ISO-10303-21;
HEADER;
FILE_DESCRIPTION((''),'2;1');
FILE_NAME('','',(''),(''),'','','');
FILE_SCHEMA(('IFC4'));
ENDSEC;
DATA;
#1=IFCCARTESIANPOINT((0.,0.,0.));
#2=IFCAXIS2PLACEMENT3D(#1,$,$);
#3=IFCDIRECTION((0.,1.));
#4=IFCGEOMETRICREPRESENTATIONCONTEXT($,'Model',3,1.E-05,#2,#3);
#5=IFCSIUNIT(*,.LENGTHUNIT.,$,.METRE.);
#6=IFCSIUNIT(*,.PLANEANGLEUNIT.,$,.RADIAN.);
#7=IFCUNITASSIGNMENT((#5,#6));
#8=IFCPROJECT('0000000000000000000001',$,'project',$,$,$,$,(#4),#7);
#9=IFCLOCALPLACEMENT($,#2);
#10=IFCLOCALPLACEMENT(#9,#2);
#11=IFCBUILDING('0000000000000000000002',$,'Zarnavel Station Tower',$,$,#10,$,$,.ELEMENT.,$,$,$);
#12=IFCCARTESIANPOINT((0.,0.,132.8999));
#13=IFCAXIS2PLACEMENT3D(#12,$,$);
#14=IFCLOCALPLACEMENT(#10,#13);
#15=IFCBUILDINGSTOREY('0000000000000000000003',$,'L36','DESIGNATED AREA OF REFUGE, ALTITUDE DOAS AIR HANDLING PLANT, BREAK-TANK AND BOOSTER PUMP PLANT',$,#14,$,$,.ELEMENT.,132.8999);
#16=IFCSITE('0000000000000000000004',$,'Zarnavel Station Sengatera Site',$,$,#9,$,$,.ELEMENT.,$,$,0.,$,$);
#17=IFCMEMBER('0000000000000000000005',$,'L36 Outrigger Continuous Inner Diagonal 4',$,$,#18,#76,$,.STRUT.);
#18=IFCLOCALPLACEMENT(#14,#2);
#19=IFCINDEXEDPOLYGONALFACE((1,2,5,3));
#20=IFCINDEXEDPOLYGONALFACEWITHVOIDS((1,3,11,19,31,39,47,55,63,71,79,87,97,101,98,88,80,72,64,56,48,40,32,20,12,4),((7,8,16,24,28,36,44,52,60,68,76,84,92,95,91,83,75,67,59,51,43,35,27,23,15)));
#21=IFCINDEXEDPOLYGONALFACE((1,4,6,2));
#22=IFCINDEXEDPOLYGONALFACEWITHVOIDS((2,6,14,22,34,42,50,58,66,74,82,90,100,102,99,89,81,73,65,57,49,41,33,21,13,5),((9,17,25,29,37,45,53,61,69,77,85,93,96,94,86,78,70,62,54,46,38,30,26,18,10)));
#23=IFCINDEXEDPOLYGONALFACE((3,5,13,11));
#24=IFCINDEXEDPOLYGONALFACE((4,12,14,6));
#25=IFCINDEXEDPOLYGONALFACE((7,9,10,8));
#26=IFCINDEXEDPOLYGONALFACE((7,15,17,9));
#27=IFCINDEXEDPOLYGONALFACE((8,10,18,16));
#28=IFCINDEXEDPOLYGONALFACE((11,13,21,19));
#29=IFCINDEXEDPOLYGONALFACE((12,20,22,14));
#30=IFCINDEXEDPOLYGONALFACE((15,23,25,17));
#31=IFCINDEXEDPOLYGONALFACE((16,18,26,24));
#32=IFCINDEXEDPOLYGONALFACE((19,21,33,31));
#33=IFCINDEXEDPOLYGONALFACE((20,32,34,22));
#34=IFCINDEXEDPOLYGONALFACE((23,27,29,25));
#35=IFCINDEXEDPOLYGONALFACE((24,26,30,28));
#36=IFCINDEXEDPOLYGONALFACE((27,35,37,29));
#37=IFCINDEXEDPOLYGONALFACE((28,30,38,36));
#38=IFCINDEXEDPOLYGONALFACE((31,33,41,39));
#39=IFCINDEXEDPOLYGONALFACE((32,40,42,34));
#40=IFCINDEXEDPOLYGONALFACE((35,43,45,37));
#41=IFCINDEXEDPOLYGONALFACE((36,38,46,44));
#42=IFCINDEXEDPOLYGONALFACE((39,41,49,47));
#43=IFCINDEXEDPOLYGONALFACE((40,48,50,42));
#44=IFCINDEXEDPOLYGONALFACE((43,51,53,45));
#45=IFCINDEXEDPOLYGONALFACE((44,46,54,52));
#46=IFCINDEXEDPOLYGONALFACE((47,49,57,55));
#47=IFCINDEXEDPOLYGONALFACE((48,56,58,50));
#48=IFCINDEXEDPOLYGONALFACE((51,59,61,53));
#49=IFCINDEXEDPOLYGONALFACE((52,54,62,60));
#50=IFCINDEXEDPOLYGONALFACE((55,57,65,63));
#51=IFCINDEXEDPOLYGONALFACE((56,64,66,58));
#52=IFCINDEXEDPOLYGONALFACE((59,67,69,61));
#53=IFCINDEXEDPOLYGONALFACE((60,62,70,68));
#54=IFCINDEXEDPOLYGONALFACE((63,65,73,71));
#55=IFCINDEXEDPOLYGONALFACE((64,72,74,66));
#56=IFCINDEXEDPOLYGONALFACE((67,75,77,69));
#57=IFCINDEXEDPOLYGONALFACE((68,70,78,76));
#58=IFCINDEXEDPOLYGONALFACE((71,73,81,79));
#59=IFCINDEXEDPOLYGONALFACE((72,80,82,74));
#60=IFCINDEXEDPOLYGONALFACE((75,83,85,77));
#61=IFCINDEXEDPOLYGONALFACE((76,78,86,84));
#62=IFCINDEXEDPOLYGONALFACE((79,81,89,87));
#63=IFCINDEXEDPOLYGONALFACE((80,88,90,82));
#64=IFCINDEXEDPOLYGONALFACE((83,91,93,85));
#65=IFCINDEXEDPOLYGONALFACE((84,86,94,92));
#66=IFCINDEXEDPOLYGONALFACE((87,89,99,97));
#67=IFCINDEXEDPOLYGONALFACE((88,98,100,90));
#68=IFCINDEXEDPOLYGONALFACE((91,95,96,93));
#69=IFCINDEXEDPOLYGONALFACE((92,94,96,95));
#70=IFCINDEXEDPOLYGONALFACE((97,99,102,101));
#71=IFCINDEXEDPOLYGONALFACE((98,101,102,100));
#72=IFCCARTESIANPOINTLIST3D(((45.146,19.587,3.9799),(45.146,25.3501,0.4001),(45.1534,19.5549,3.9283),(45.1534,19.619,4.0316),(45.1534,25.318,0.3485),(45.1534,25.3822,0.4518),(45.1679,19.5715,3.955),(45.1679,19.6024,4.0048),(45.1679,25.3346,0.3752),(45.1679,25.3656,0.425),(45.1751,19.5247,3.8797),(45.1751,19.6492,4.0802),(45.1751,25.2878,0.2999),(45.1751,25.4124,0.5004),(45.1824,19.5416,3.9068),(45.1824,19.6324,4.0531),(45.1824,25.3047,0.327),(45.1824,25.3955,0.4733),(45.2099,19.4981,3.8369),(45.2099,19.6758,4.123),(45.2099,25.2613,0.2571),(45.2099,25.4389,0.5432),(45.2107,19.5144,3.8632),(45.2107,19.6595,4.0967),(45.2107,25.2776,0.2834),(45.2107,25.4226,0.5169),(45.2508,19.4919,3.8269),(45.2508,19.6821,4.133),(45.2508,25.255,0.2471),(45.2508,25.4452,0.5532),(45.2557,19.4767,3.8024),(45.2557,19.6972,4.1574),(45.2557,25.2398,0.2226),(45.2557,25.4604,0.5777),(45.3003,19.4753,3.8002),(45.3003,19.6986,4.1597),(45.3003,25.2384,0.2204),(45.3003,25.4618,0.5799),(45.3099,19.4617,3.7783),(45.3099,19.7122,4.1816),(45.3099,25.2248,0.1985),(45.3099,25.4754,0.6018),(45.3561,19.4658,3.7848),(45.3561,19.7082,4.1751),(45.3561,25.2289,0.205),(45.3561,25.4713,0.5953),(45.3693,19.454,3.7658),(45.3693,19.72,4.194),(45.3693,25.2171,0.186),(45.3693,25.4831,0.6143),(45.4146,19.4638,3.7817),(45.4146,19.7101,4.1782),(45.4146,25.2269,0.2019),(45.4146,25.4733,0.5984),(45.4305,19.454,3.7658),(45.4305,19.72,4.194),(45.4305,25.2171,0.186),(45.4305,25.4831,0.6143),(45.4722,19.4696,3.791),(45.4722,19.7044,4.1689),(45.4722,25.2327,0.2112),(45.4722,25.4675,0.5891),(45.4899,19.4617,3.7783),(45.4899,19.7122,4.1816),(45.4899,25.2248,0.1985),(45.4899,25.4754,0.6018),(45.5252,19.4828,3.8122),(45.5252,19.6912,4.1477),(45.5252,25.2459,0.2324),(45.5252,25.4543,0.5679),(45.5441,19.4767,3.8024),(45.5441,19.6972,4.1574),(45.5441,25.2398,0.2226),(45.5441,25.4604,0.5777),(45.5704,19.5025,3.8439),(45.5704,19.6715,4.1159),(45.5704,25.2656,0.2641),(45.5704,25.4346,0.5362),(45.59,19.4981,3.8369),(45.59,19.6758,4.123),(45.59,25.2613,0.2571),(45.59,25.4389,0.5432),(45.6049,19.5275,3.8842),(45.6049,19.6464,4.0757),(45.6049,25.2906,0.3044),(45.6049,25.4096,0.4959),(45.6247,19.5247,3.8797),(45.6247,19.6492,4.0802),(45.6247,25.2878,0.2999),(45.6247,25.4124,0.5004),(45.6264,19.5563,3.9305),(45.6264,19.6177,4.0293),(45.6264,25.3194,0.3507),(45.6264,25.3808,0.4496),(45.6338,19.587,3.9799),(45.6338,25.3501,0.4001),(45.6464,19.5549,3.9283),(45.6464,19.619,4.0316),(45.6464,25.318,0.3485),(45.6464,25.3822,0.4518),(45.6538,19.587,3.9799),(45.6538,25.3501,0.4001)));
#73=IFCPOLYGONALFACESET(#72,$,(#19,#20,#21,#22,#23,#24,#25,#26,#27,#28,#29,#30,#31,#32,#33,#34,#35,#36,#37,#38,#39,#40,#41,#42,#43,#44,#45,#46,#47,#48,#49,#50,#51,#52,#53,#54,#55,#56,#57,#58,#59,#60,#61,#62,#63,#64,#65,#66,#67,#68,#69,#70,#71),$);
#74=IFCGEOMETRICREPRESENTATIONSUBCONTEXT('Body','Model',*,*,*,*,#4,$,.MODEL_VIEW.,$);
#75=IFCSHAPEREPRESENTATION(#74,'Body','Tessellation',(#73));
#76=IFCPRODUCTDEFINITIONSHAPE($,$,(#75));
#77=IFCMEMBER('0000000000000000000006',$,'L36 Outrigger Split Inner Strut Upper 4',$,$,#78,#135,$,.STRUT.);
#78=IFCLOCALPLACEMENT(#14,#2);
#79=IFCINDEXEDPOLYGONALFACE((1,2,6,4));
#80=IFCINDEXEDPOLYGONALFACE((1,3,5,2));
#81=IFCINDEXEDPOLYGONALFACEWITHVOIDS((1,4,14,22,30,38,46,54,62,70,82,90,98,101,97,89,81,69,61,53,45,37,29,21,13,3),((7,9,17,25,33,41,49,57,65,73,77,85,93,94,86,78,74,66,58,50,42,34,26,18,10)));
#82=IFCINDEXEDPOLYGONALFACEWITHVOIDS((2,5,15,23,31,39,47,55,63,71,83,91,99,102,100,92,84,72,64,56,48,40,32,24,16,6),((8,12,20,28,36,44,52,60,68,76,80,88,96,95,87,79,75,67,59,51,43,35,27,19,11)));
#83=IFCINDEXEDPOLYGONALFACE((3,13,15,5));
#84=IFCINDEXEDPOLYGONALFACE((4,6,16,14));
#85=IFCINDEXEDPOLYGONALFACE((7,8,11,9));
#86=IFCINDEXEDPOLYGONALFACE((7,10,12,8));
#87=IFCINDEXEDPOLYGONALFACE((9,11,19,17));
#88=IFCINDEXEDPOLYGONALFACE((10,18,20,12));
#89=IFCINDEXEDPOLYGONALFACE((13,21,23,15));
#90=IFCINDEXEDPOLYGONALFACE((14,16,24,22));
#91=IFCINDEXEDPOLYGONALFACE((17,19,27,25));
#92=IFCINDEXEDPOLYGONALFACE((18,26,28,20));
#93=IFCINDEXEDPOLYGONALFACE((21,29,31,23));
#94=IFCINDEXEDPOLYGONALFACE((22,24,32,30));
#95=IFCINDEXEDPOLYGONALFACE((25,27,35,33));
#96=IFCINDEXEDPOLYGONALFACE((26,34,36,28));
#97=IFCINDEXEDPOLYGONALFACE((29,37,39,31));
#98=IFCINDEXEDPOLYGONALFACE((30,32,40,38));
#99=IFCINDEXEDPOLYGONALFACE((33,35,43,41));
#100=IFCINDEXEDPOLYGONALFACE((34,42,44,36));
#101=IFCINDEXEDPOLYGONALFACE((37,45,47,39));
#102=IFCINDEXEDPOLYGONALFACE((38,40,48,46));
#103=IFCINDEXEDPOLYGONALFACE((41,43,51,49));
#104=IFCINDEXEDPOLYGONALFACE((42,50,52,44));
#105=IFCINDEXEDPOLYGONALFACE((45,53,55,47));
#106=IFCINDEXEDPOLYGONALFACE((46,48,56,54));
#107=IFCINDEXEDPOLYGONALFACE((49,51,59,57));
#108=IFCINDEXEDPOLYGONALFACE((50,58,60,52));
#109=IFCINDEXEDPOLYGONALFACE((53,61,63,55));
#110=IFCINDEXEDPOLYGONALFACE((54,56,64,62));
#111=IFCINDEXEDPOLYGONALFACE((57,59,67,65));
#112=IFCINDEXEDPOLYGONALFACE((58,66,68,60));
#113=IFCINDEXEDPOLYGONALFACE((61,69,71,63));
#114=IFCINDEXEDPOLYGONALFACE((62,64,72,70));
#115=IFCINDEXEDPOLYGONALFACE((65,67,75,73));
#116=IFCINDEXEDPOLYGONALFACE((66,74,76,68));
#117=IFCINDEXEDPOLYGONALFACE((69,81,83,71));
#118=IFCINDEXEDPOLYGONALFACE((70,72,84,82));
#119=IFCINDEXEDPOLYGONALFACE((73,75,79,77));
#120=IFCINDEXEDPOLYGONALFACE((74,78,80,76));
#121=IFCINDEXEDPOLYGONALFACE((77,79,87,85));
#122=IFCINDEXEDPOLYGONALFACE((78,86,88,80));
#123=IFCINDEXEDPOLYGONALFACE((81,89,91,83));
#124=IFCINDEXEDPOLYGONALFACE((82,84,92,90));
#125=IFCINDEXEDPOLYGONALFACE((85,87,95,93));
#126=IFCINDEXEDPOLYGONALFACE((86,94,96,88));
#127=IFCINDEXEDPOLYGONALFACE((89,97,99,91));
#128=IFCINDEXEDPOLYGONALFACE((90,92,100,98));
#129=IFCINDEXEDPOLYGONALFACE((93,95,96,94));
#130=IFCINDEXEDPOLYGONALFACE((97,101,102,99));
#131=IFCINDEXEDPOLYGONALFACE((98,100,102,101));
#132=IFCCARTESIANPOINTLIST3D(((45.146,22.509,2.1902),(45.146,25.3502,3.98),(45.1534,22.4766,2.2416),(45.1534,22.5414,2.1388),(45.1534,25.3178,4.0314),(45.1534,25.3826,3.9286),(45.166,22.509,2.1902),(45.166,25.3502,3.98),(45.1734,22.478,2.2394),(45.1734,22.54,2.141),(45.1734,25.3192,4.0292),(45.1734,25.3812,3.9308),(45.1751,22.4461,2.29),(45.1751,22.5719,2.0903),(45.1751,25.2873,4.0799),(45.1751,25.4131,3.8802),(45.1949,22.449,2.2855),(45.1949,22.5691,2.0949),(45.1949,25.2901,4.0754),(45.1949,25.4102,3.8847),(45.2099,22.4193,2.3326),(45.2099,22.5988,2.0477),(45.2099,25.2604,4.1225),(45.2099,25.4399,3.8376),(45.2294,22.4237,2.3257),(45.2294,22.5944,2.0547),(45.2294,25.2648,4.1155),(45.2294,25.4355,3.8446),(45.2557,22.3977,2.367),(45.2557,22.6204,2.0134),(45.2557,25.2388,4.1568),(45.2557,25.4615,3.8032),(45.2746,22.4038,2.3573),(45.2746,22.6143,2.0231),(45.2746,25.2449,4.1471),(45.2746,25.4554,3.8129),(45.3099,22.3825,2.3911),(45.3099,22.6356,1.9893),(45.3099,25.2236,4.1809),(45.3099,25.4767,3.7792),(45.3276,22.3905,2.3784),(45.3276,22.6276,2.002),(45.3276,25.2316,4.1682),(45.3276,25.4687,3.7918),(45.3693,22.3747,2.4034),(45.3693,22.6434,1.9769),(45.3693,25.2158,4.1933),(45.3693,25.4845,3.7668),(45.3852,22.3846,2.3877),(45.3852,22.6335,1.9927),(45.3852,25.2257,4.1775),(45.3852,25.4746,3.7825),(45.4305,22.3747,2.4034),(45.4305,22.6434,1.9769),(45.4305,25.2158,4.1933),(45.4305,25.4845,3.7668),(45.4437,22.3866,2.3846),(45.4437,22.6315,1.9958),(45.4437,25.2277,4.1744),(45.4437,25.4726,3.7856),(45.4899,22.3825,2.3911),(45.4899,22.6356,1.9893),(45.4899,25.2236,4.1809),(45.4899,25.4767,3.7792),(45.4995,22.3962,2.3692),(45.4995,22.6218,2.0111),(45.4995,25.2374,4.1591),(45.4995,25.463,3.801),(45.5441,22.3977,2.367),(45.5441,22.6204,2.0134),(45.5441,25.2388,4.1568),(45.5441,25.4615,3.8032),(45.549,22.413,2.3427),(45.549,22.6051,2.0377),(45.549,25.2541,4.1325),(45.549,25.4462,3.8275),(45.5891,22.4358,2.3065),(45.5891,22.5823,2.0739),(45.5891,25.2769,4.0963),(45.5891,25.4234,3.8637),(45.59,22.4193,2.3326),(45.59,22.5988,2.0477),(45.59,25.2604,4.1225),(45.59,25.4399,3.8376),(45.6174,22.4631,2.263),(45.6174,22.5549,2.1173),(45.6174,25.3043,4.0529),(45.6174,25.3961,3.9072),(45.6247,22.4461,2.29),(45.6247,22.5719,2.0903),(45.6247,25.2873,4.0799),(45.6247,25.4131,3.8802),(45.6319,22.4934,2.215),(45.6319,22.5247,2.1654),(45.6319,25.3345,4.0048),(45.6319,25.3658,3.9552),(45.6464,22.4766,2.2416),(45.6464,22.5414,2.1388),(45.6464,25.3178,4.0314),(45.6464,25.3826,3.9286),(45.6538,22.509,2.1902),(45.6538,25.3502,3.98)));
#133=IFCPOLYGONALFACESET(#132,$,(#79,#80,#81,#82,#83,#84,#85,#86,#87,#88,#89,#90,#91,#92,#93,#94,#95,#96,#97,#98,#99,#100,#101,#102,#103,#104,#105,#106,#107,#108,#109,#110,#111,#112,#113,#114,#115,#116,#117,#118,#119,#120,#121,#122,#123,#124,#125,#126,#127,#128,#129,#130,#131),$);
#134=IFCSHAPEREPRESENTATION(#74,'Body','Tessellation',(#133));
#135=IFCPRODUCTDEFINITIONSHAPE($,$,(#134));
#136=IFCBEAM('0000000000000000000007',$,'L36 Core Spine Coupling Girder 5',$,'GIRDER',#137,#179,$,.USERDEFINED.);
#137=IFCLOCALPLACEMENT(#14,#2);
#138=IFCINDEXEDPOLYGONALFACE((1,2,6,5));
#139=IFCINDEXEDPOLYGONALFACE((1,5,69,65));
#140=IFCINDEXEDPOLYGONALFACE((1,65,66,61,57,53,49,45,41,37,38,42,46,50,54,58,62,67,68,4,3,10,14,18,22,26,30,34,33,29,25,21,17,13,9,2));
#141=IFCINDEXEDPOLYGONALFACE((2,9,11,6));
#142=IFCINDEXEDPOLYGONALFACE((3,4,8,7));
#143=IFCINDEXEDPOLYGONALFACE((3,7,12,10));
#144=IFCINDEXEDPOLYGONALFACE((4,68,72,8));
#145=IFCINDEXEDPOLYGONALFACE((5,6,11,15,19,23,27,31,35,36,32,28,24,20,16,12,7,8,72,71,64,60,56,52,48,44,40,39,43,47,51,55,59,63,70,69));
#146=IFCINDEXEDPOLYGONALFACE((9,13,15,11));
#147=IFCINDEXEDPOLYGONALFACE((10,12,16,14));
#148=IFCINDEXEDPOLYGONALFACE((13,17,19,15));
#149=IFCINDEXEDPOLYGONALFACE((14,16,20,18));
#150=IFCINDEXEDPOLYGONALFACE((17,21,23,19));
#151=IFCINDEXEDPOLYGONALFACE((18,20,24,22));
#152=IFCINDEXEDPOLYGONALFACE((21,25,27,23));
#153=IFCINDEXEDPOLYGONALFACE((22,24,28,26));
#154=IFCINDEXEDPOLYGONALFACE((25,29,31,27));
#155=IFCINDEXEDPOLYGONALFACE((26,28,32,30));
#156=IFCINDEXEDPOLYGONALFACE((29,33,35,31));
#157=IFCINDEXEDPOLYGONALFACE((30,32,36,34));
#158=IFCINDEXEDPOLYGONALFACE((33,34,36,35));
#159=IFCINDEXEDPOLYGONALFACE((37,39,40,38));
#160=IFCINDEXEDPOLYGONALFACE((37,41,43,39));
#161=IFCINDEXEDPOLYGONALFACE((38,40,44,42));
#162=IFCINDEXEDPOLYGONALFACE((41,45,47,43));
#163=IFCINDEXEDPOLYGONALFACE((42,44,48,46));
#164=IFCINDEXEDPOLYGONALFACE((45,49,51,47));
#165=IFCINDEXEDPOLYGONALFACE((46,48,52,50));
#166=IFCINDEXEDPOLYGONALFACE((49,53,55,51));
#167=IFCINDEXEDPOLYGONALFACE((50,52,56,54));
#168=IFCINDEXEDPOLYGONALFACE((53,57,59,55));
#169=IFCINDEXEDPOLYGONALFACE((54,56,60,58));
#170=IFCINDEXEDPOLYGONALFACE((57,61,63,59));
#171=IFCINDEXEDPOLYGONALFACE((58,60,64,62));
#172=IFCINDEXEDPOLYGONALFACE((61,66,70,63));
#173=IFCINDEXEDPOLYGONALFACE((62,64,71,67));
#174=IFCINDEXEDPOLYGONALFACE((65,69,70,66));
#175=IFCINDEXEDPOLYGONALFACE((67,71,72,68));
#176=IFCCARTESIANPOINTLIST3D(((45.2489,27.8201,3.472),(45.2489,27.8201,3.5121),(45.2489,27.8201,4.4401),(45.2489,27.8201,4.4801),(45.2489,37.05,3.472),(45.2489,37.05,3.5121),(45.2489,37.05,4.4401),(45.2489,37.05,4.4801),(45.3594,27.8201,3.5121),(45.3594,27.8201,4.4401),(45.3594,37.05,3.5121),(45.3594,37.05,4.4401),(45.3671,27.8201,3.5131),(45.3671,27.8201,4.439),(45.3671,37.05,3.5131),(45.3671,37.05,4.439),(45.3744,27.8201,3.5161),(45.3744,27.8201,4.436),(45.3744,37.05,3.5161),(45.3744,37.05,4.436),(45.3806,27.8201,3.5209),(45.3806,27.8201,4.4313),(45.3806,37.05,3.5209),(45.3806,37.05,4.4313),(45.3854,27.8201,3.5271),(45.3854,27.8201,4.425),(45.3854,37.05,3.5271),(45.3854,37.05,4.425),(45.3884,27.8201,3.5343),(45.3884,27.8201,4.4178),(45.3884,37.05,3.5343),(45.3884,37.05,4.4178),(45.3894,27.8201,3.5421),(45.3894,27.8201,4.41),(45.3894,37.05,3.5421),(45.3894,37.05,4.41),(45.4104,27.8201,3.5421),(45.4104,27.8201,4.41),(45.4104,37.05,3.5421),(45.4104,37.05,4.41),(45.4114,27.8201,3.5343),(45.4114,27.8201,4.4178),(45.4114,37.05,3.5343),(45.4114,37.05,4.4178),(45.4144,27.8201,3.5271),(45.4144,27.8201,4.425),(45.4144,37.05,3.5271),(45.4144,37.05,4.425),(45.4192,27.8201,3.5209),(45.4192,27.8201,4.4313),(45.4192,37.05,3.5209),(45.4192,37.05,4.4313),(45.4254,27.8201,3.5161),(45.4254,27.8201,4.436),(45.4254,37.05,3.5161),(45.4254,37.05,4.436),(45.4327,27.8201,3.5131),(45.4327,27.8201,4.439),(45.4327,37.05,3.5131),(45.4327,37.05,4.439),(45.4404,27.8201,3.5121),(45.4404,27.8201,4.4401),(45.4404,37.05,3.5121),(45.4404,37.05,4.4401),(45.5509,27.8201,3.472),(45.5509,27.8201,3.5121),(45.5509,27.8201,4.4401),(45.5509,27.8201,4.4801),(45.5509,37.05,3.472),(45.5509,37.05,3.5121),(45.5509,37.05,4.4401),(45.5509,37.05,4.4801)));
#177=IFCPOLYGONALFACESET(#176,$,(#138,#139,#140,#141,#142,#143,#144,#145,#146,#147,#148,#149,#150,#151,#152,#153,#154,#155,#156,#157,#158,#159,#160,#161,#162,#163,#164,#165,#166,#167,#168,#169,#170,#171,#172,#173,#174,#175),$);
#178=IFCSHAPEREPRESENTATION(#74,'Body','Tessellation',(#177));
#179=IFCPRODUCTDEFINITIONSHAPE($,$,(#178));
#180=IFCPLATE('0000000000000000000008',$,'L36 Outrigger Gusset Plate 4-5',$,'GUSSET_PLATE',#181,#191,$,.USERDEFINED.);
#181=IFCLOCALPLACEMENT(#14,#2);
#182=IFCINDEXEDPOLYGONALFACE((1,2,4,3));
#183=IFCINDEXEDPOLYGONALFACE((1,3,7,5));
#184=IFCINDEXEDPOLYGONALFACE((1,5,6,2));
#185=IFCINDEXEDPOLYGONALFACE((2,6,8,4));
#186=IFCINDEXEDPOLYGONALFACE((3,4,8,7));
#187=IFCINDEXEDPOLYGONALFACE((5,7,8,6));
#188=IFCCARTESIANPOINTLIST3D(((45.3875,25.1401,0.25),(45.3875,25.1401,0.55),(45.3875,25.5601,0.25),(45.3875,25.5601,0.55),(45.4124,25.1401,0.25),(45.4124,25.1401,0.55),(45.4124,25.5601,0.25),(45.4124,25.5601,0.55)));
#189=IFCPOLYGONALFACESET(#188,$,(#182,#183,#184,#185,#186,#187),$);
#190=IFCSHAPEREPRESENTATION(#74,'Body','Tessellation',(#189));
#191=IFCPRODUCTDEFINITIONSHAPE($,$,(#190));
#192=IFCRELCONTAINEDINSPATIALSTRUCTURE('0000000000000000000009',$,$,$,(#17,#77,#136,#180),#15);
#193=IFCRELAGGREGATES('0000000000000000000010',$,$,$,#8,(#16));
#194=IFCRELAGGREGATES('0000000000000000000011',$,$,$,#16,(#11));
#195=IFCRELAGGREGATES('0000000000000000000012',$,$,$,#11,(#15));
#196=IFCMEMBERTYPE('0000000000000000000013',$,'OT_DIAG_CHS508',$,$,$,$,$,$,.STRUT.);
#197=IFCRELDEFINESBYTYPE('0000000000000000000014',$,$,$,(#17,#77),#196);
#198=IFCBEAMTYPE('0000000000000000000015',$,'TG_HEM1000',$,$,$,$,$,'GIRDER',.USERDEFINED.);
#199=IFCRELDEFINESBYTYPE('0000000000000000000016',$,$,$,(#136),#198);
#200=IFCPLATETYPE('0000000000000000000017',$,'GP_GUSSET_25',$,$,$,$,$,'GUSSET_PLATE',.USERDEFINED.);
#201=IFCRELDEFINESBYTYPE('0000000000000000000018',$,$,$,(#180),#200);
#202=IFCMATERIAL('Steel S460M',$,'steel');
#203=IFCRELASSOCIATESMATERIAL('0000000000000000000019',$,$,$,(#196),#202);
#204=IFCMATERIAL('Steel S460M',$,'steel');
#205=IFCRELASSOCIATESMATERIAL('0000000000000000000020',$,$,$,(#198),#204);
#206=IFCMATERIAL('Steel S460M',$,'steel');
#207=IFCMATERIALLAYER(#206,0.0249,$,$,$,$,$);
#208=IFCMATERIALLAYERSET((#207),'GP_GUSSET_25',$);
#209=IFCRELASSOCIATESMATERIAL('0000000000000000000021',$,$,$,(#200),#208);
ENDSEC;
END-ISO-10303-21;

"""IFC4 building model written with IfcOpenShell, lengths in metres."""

from ifc_helpers import new_model, si_unit, direction, frame, origin, origin_2d, place, context, subcontext, project, spatial, rectangle, hollow_circle, i_section, extrude, material, layer, layer_set, material_profile, profile_set, type_object, element, save


model = new_model("IFC4")

# Units and contexts
model_context = context("Model", 3, precision=1e-05, world=origin(), true_north=direction((0.0, 1.0)))
body_context = subcontext(model_context, "Body", "Model", "MODEL_VIEW")
ifc_project = project(units=[si_unit("LENGTHUNIT", "METRE"), si_unit("PLANEANGLEUNIT", "RADIAN")], contexts=[model_context])

# Site, building, storey
site_placement = place(None, origin())
site = spatial("IfcSite", under=ifc_project, at=site_placement, Name="Zarnavel Station Sengatera Site", CompositionType="ELEMENT", RefElevation=0.0)
building_placement = place(site_placement, origin())
building = spatial("IfcBuilding", under=site, at=building_placement, Name="Zarnavel Station Tower", CompositionType="ELEMENT")
storey_placement = place(building_placement, frame((0.0, 0.0, 132.8999)))
storey = spatial("IfcBuildingStorey", under=building, at=storey_placement, Name="L36", Description="DESIGNATED AREA OF REFUGE, ALTITUDE DOAS AIR HANDLING PLANT, BREAK-TANK AND BOOSTER PUMP PLANT", CompositionType="ELEMENT", Elevation=132.8999)

# Members
ifc_material_1 = material(Name="Steel S460M", Category="steel")
ifc_material_profile_1 = material_profile(ifc_material_1, hollow_circle(Radius=0.2539, WallThickness=0.02, at=origin_2d()), Name="CHS508x20")
ifc_profile_set_1 = profile_set([ifc_material_profile_1], Name="Steel S460M")
member_type = type_object("IfcMemberType", Name="OT_DIAG_CHS508", PredefinedType="STRUT", material=ifc_profile_set_1)
member_1_placement = place(storey_placement, frame((45.3999, 25.3501, 0.4001), z_axis=(0.0, -0.849463, 0.527649), x_axis=(1.0, 0.0, 0.0)))
element("IfcMember", 1, at=member_1_placement, inside=storey, type_object=member_type, Name="L36 Outrigger Continuous Inner Diagonal 4", PredefinedType="STRUT", context=body_context, shape_type="SweptSolid", body=[
    extrude(hollow_circle(Radius=0.2539, WallThickness=0.02, at=origin_2d()), origin(), (0.0, 0.0, 1.0), 6.7844),
])
member_2_placement = place(storey_placement, frame((45.3999, 22.509, 2.1902), z_axis=(0.0, 0.846102, 0.533022), x_axis=(-1.0, 0.0, 0.0)))
element("IfcMember", 2, at=member_2_placement, inside=storey, type_object=member_type, Name="L36 Outrigger Split Inner Strut Upper 4", PredefinedType="STRUT", context=body_context, shape_type="SweptSolid", body=[
    extrude(hollow_circle(Radius=0.2539, WallThickness=0.02, at=origin_2d()), origin(), (0.0, 0.0, 1.0), 3.3579),
])

# Beam
ifc_material_2 = material(Name="Steel S460M", Category="steel")
ifc_material_profile_2 = material_profile(ifc_material_2, i_section(OverallWidth=0.302, OverallDepth=1.0081, WebThickness=0.021, FlangeThickness=0.04, FilletRadius=0.03, at=origin_2d()), Name="HEM1000")
ifc_profile_set_2 = profile_set([ifc_material_profile_2], Name="Steel S460M")
beam_type_1 = type_object("IfcBeamType", Name="TG_HEM1000", ElementType="GIRDER", PredefinedType="USERDEFINED", material=ifc_profile_set_2)
beam_1_placement = place(storey_placement, frame((45.3999, 27.8201, 3.9761), z_axis=(0.0, 1.0, 0.0), x_axis=(-1.0, 0.0, 0.0)))
element("IfcBeam", 3, at=beam_1_placement, inside=storey, type_object=beam_type_1, Name="L36 Core Spine Coupling Girder 5", ObjectType="GIRDER", PredefinedType="USERDEFINED", context=body_context, shape_type="SweptSolid", body=[
    extrude(i_section(OverallWidth=0.302, OverallDepth=1.0081, WebThickness=0.021, FlangeThickness=0.04, FilletRadius=0.03, at=origin_2d()), origin(), (0.0, 0.0, 1.0), 9.23),
])

# Plate
ifc_material_3 = material(Name="Steel S460M", Category="steel")
ifc_layer_1 = layer(ifc_material_3, 0.0249)
ifc_layer_set_1 = layer_set([ifc_layer_1], Name="GP_GUSSET_25")
plate_type = type_object("IfcPlateType", Name="GP_GUSSET_25", ElementType="GUSSET_PLATE", PredefinedType="USERDEFINED", material=ifc_layer_set_1)
for number, where, z_axis, x_axis, name in (
    (4, (45.3999, 25.3501, 0.25), (0.0, 0.0, 1.0), (1.0, 0.0, 0.0), "L36 Outrigger Gusset Plate 4-5"),
):
    element("IfcPlate", number, at=place(storey_placement, frame(where, z_axis=z_axis, x_axis=x_axis)), inside=storey, type_object=plate_type, Name=name, ObjectType="GUSSET_PLATE", PredefinedType="USERDEFINED", context=body_context, shape_type="SweptSolid", body=[
        extrude(rectangle(XDim=0.0249, YDim=0.4199, at=origin_2d()), origin(), (0.0, 0.0, 1.0), 0.3),
    ])

save(model, "model.ifc")
